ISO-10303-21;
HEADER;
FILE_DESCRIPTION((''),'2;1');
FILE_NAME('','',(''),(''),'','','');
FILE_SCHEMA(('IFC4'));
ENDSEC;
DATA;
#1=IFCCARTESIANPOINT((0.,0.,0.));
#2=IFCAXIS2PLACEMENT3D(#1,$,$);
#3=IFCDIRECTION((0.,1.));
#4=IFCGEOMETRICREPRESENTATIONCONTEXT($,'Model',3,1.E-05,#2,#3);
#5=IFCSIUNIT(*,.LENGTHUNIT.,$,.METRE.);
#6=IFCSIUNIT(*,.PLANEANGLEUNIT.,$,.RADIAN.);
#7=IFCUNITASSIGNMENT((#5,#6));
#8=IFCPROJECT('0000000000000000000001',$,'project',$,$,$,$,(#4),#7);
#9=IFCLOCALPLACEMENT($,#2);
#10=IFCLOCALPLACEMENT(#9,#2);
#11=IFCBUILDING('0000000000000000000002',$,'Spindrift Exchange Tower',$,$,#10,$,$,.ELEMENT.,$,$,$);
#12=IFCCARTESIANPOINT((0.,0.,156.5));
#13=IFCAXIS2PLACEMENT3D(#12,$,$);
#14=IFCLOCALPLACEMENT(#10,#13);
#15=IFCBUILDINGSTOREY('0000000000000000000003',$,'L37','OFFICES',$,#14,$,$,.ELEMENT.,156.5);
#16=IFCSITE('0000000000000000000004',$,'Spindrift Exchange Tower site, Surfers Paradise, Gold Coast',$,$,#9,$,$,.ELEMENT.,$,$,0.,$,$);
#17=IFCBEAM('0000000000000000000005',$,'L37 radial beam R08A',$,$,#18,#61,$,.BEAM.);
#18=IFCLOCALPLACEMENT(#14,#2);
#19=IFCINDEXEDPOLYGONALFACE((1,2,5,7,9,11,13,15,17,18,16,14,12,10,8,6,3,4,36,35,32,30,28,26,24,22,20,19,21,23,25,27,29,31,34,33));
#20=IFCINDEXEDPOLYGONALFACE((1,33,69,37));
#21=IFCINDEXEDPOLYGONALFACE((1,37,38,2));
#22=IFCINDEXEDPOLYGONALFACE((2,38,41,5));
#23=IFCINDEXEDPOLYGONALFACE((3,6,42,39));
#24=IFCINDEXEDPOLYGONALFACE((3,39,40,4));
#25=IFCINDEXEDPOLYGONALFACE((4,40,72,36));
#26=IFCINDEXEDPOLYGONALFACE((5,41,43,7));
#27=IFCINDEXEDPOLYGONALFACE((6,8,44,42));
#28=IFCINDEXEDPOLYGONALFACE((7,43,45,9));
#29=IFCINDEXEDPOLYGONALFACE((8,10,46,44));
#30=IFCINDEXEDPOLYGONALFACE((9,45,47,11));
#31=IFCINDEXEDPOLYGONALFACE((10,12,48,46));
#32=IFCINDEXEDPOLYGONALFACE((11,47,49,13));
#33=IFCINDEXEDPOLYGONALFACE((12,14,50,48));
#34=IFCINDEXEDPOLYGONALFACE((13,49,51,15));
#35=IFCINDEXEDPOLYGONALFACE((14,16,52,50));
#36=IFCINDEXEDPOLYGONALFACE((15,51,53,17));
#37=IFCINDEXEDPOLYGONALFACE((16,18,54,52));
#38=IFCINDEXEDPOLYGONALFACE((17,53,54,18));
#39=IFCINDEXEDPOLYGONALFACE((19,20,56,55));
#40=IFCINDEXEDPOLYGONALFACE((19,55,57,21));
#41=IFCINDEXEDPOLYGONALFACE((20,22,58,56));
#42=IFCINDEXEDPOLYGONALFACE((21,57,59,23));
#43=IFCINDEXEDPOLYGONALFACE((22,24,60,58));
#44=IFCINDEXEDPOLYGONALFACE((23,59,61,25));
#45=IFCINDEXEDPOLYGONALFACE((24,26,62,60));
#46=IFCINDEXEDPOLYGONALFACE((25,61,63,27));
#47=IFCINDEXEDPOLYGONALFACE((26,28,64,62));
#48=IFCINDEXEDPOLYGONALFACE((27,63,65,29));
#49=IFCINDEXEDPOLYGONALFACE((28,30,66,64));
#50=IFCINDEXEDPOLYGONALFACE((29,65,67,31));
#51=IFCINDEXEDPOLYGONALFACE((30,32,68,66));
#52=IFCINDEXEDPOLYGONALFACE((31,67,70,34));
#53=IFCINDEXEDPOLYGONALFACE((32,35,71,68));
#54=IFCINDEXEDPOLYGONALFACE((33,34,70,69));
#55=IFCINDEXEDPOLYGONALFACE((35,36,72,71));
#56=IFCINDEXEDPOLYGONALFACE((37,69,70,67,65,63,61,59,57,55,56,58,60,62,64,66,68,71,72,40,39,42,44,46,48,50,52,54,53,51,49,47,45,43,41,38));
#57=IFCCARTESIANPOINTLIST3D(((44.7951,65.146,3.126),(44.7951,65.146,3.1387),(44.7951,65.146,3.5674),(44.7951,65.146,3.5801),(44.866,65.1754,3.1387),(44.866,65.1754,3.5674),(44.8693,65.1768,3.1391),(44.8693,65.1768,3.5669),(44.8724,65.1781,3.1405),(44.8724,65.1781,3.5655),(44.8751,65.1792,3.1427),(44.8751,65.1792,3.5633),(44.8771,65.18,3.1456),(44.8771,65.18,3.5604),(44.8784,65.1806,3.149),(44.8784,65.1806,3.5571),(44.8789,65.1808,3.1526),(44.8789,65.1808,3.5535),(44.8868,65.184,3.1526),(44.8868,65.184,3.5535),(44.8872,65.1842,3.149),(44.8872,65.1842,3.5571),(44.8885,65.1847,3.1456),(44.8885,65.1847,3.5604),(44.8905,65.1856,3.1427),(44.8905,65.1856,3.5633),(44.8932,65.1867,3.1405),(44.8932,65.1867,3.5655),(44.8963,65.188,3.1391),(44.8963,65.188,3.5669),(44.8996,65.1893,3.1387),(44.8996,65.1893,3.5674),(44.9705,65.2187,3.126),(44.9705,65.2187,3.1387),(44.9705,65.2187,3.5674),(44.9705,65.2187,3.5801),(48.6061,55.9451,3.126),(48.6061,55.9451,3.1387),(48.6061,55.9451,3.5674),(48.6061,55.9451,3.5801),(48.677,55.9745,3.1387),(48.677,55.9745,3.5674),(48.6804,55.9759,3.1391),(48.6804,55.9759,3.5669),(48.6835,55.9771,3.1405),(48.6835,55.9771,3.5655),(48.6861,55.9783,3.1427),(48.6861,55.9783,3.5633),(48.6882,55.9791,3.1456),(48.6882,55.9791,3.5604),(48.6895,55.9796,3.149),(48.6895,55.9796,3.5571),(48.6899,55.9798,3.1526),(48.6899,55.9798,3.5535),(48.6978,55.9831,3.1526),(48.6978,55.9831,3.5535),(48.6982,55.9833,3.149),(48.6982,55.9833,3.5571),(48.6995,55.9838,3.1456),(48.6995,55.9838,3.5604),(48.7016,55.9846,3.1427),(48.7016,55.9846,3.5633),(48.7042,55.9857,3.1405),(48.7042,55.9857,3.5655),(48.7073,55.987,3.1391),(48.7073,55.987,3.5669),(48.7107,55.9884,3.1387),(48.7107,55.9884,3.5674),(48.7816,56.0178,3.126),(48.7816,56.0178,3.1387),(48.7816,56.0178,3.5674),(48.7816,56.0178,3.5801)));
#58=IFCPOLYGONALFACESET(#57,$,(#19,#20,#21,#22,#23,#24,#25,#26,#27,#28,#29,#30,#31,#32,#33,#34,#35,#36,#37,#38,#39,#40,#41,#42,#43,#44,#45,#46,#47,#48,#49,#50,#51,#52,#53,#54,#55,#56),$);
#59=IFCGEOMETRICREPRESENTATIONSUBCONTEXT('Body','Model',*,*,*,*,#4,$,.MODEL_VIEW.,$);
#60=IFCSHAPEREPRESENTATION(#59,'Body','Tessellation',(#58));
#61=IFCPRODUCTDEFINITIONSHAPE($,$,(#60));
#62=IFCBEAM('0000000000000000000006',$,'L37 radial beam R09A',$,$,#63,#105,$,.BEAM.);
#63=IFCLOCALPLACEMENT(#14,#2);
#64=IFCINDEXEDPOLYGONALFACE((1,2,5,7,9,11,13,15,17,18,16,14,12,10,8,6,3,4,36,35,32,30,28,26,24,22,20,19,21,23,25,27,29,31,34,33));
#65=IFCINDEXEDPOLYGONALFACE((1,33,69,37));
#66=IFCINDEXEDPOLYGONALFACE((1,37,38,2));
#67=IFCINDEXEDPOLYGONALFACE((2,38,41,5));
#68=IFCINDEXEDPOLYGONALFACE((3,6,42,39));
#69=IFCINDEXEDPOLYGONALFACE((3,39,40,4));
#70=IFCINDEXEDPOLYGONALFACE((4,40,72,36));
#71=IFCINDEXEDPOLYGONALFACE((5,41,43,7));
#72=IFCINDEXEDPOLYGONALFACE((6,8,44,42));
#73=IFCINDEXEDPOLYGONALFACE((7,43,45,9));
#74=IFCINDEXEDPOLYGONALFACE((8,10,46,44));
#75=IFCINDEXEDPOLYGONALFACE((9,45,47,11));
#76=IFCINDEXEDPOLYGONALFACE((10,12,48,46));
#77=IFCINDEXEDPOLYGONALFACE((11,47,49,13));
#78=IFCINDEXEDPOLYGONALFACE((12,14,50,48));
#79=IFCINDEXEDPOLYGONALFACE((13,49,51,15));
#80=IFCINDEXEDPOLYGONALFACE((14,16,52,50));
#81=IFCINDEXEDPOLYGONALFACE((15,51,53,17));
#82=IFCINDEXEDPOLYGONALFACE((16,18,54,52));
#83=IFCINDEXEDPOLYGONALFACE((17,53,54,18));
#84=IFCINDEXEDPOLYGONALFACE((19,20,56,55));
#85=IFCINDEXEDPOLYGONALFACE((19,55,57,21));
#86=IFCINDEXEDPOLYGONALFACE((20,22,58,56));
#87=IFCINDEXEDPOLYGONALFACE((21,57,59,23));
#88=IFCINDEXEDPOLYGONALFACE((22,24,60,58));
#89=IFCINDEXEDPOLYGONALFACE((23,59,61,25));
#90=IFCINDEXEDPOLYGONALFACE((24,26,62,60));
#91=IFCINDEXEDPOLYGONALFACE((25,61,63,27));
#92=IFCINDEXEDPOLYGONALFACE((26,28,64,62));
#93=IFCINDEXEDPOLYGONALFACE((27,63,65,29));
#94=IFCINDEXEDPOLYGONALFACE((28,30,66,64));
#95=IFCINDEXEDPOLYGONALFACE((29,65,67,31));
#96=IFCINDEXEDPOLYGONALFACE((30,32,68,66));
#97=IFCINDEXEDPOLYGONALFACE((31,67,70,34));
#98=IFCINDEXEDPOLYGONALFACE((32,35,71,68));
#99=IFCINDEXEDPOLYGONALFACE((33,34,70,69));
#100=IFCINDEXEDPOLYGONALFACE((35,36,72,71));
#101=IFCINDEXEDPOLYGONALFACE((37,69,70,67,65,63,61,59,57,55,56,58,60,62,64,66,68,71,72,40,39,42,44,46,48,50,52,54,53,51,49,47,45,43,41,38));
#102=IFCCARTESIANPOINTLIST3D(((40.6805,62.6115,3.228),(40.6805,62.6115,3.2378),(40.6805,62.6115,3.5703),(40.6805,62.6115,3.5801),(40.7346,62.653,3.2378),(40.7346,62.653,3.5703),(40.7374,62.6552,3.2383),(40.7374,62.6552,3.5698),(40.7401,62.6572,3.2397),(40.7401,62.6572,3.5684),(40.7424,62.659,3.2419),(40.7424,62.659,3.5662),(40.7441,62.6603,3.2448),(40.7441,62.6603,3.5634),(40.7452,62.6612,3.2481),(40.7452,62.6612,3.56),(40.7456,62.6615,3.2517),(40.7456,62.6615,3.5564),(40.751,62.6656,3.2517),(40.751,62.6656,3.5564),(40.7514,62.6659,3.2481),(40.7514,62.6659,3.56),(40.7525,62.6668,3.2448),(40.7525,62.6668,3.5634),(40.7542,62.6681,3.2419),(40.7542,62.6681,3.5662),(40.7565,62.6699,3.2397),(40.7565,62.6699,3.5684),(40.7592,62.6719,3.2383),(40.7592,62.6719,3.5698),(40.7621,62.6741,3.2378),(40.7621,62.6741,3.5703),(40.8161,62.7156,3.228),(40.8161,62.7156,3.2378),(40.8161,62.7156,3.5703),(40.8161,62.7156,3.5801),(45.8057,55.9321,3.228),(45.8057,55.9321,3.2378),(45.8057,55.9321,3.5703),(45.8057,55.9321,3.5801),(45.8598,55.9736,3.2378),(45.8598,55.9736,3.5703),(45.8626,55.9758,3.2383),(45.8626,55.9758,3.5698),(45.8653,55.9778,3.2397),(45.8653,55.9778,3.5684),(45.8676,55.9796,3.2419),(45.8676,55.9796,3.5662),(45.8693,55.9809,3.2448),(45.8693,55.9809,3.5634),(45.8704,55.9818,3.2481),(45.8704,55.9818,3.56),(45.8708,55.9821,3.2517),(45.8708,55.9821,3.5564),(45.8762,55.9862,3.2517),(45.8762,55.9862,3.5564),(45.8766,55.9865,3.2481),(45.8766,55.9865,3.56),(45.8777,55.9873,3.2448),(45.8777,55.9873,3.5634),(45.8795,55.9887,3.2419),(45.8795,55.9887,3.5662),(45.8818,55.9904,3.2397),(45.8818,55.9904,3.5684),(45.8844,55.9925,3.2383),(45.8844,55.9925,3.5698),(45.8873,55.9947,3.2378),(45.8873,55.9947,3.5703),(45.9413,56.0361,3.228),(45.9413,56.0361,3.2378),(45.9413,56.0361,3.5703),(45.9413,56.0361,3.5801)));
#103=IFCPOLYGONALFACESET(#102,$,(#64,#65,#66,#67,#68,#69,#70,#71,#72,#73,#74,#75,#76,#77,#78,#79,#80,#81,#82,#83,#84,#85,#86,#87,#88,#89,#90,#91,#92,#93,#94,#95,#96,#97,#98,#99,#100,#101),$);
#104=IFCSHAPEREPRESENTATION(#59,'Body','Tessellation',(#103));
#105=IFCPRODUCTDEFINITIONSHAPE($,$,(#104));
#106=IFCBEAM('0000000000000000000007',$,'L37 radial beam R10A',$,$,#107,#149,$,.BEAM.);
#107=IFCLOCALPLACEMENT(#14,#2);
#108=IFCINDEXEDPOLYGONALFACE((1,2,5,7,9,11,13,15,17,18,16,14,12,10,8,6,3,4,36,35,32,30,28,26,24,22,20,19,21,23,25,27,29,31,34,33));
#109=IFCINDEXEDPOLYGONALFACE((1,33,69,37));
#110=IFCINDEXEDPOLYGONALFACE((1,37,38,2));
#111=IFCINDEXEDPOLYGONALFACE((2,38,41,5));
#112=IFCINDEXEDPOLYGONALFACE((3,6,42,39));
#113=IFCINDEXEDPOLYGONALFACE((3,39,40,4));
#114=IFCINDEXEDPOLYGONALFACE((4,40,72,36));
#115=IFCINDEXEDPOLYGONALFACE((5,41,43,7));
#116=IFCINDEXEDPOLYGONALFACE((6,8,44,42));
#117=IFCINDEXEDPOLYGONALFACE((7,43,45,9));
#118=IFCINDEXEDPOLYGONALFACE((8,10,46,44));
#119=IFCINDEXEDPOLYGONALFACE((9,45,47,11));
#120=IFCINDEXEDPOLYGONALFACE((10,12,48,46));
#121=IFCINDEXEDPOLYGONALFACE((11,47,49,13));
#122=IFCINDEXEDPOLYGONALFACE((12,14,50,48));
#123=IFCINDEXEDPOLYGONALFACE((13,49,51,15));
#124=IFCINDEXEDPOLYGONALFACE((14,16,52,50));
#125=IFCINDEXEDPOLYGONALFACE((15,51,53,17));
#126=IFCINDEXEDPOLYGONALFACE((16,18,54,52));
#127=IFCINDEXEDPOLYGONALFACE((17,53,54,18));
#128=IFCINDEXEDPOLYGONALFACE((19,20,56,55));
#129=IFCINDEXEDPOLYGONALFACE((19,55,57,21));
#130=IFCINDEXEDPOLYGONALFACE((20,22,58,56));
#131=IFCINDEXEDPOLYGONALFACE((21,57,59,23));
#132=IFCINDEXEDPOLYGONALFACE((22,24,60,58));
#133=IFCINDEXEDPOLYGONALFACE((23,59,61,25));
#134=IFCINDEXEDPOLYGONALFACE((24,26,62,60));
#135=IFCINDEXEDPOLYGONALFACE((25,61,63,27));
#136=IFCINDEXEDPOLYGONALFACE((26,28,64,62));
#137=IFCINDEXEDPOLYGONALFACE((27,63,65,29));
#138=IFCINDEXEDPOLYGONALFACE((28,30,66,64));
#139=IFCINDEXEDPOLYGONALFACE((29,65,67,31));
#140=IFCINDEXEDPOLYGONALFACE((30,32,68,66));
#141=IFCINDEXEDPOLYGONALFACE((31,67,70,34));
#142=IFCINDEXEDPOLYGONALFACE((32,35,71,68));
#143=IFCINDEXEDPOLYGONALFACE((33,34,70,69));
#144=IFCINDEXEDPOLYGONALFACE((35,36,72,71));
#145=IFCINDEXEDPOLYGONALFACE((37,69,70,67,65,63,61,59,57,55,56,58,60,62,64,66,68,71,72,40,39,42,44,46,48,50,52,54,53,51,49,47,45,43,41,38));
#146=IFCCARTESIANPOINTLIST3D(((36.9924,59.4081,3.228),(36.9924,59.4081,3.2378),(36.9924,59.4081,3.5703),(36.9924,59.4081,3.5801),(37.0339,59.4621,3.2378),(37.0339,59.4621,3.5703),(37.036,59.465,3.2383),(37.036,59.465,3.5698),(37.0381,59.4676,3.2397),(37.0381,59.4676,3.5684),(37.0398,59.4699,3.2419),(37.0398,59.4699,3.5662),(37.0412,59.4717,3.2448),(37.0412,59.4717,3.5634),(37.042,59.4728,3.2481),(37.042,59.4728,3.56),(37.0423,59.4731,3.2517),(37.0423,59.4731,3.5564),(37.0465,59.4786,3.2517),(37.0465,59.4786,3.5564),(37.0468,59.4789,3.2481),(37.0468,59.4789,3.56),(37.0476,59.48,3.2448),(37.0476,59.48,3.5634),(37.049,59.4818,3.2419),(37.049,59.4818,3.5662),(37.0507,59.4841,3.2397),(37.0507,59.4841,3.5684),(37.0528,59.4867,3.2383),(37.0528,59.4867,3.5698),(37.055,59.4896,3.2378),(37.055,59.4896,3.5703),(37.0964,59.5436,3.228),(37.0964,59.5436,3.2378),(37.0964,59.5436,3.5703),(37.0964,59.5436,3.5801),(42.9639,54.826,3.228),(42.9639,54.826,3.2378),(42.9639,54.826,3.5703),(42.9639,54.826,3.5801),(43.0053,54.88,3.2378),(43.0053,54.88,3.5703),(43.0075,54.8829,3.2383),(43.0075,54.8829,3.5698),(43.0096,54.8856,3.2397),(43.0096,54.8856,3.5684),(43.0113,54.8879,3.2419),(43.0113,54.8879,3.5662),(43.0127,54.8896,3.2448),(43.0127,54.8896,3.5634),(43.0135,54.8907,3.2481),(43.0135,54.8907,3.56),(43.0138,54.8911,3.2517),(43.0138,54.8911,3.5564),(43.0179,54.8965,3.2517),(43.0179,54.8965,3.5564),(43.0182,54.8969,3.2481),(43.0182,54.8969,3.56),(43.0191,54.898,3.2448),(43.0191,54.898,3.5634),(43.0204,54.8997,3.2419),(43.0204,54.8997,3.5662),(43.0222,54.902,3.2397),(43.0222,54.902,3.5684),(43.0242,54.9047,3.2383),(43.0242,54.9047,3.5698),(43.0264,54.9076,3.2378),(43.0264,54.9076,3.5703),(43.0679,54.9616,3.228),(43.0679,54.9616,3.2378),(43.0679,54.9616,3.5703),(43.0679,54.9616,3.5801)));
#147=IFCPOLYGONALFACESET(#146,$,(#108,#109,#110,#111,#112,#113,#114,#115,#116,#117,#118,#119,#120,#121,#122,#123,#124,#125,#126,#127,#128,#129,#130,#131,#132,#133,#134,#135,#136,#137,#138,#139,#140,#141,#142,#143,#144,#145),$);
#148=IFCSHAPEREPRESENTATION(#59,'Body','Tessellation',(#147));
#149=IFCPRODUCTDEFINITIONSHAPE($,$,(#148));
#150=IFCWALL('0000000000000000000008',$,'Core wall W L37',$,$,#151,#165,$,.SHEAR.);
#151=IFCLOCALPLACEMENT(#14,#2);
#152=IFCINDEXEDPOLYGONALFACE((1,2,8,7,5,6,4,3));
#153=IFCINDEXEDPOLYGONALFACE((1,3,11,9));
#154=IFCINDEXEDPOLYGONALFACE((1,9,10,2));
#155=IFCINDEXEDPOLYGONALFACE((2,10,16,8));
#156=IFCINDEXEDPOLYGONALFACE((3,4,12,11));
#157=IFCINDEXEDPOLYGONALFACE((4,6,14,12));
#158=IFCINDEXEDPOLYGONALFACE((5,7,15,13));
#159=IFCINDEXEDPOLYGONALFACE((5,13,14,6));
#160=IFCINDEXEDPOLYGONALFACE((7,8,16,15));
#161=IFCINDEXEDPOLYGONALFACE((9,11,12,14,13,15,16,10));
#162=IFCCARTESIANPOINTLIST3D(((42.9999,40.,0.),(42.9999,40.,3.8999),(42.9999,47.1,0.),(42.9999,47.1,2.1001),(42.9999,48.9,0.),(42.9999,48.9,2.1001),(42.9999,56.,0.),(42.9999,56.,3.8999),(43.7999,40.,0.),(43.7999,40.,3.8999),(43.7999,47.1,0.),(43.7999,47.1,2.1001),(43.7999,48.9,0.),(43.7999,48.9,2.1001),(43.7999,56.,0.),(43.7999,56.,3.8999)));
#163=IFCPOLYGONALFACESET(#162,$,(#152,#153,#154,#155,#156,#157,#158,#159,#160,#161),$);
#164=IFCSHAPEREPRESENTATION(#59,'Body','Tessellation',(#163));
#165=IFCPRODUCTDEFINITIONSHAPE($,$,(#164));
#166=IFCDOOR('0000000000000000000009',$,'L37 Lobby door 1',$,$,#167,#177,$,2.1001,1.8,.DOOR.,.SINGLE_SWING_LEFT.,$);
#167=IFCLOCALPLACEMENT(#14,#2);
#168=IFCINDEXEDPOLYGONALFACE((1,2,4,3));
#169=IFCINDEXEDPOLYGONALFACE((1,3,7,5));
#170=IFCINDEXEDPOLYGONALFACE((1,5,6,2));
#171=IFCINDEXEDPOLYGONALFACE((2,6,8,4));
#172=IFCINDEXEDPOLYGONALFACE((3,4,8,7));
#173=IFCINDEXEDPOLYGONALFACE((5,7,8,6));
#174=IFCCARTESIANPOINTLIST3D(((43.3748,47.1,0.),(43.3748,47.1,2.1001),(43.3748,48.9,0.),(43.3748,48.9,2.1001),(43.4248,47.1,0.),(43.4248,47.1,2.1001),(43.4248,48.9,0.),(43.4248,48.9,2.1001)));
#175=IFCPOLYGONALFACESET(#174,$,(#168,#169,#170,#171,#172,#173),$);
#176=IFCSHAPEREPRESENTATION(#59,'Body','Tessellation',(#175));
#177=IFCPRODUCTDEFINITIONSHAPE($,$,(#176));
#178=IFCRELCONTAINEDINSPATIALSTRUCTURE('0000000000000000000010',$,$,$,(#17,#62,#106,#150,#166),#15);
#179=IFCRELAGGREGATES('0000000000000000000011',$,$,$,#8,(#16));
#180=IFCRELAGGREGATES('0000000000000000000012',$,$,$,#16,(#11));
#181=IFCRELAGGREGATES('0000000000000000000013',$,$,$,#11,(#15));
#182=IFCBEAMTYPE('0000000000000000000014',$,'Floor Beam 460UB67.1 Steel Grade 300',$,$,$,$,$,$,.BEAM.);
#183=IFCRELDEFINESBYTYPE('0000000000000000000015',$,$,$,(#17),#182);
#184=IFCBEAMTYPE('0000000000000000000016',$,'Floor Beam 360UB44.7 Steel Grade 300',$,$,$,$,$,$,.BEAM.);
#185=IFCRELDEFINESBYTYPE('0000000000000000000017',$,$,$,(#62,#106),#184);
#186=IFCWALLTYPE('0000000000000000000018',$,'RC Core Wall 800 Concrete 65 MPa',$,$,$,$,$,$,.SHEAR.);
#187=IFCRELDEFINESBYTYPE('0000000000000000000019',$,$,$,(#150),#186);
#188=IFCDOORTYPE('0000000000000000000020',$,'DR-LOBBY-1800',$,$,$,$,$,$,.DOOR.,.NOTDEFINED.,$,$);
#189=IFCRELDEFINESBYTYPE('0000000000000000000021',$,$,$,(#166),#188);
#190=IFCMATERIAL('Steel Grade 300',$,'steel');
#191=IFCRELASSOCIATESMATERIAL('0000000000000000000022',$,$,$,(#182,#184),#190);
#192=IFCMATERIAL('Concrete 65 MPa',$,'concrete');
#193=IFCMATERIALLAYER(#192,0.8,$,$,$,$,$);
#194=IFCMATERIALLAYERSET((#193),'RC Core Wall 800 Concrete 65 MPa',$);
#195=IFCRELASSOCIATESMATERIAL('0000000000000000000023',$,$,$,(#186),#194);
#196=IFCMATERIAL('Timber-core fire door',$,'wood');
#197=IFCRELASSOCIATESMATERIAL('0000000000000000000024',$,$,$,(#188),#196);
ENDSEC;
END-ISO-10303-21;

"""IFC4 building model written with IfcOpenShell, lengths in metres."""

from ifc_helpers import new_model, si_unit, direction, frame, frame_2d, origin, origin_2d, place, context, subcontext, project, spatial, rectangle, i_section, extrude, source, transform, mapped, material, layer, layer_set, material_profile, profile_set, type_object, element, fill, save


model = new_model("IFC4")

# Units and contexts
model_context = context("Model", 3, precision=1e-05, world=origin(), true_north=direction((0.0, 1.0)))
body_context = subcontext(model_context, "Body", "Model", "MODEL_VIEW")
ifc_project = project(units=[si_unit("LENGTHUNIT", "METRE"), si_unit("PLANEANGLEUNIT", "RADIAN")], contexts=[model_context])

# Site, building, storey
site_placement = place(None, origin())
site = spatial("IfcSite", under=ifc_project, at=site_placement, Name="Spindrift Exchange Tower site, Surfers Paradise, Gold Coast", CompositionType="ELEMENT", RefElevation=0.0)
building_placement = place(site_placement, origin())
building = spatial("IfcBuilding", under=site, at=building_placement, Name="Spindrift Exchange Tower", CompositionType="ELEMENT")
storey_placement = place(building_placement, frame((0.0, 0.0, 156.5)))
storey = spatial("IfcBuildingStorey", under=building, at=storey_placement, Name="L37", Description="OFFICES", CompositionType="ELEMENT", Elevation=156.5)

# Beams
ifc_material_1 = material(Name="Steel Grade 300", Category="steel")
ifc_material_profile_1 = material_profile(ifc_material_1, i_section(OverallWidth=0.1899, OverallDepth=0.4541, WebThickness=0.0085, FlangeThickness=0.0127, FilletRadius=0.0139, at=origin_2d()), Name="460UB67.1")
ifc_profile_set_1 = profile_set([ifc_material_profile_1], Name="Steel Grade 300")
beam_type_1 = type_object("IfcBeamType", Name="Floor Beam 460UB67.1 Steel Grade 300", PredefinedType="BEAM", material=ifc_profile_set_1)
shared_shape_1 = source(origin(), body_context, "Body", "SweptSolid", [
    extrude(i_section(OverallWidth=0.1899, OverallDepth=0.4541, WebThickness=0.0085, FlangeThickness=0.0127, FilletRadius=0.0139, at=origin_2d()), origin(), (0.0, 0.0, 1.0), 9.959),
])
beam_1_placement = place(storey_placement, frame((48.6938, 55.9814, 3.353), z_axis=(-0.382674, 0.923884, 0.0), x_axis=(-0.923884, -0.382674, 0.0)))
element("IfcBeam", 1, at=beam_1_placement, inside=storey, type_object=beam_type_1, Name="L37 radial beam R08A", PredefinedType="BEAM", context=body_context, shape_type="MappedRepresentation", body=[
    mapped(shared_shape_1, transform((0.0, 0.0, 0.0), scale=1.0)),
])
ifc_material_profile_2 = material_profile(ifc_material_1, i_section(OverallWidth=0.1709, OverallDepth=0.3521, WebThickness=0.0068, FlangeThickness=0.0098, FilletRadius=0.0139, at=origin_2d()), Name="360UB44.7")
ifc_profile_set_2 = profile_set([ifc_material_profile_2], Name="Steel Grade 300")
beam_type_2 = type_object("IfcBeamType", Name="Floor Beam 360UB44.7 Steel Grade 300", PredefinedType="BEAM", material=ifc_profile_set_2)
shared_shape_2 = source(origin(), body_context, "Body", "SweptSolid", [
    extrude(i_section(OverallWidth=0.1709, OverallDepth=0.3521, WebThickness=0.0068, FlangeThickness=0.0098, FilletRadius=0.0139, at=origin_2d()), origin(), (0.0, 0.0, 1.0), 8.4192),
])
beam_2_placement = place(storey_placement, frame((45.8735, 55.9841, 3.4041), z_axis=(-0.608756, 0.793358, 0.0), x_axis=(-0.793358, -0.608756, 0.0)))
element("IfcBeam", 2, at=beam_2_placement, inside=storey, type_object=beam_type_2, Name="L37 radial beam R09A", PredefinedType="BEAM", context=body_context, shape_type="MappedRepresentation", body=[
    mapped(shared_shape_2, transform((0.0, 0.0, 0.0), scale=1.0)),
])
shared_shape_3 = source(origin(), body_context, "Body", "SweptSolid", [
    extrude(i_section(OverallWidth=0.1709, OverallDepth=0.3521, WebThickness=0.0068, FlangeThickness=0.0098, FilletRadius=0.0139, at=origin_2d()), origin(), (0.0, 0.0, 1.0), 7.5269),
])
beam_3_placement = place(storey_placement, frame((43.0159, 54.8938, 3.4041), z_axis=(-0.793354, 0.60876, 0.0), x_axis=(-0.60876, -0.793354, 0.0)))
element("IfcBeam", 3, at=beam_3_placement, inside=storey, type_object=beam_type_2, Name="L37 radial beam R10A", PredefinedType="BEAM", context=body_context, shape_type="MappedRepresentation", body=[
    mapped(shared_shape_3, transform((0.0, 0.0, 0.0), scale=1.0)),
])

# Wall, opening, door
ifc_material_2 = material(Name="Concrete 65 MPa", Category="concrete")
ifc_layer = layer(ifc_material_2, 0.8)
ifc_layer_set = layer_set([ifc_layer], Name="RC Core Wall 800 Concrete 65 MPa")
wall_type = type_object("IfcWallType", Name="RC Core Wall 800 Concrete 65 MPa", PredefinedType="SHEAR", material=ifc_layer_set)
wall_placement = place(storey_placement, frame((43.3999, 56.0, 0.0), z_axis=(0.0, 0.0, 1.0), x_axis=(0.0, -1.0, 0.0)))
wall = element("IfcWall", 4, at=wall_placement, inside=storey, type_object=wall_type, Name="Core wall W L37", PredefinedType="SHEAR", context=body_context, shape_type="SweptSolid", body=[
    extrude(rectangle(XDim=16.0, YDim=0.8, at=frame_2d((8.0, 0.0))), origin(), (0.0, 0.0, 1.0), 3.8999),
])
opening_placement = place(wall_placement, frame((7.1001, 0.0, 0.0)))
opening = element("IfcOpeningElement", 5, at=opening_placement, cuts=wall, PredefinedType="OPENING", context=body_context, shape_type="SweptSolid", body=[
    extrude(rectangle(XDim=1.8, YDim=2.1001, at=frame_2d((0.8999, 1.05))), frame((0.0, 0.4099, 0.0), z_axis=(0.0, -1.0, 0.0), x_axis=(1.0, 0.0, 0.0)), (0.0, 0.0, 1.0), 0.8201),
])
ifc_material_3 = material(Name="Timber-core fire door", Category="wood")
door_type = type_object("IfcDoorType", Name="DR-LOBBY-1800", OperationType="NOTDEFINED", PredefinedType="DOOR", material=ifc_material_3)
shared_shape_4 = source(origin(), body_context, "Body", "SweptSolid", [
    extrude(rectangle(XDim=1.8, YDim=2.1001, at=frame_2d((0.8999, 1.05))), frame((0.0, 0.0249, 0.0), z_axis=(0.0, -1.0, 0.0), x_axis=(1.0, 0.0, 0.0)), (0.0, 0.0, 1.0), 0.05),
])
door_placement = place(opening_placement, origin())
door = element("IfcDoor", 6, at=door_placement, inside=storey, type_object=door_type, Name="L37 Lobby door 1", OperationType="SINGLE_SWING_LEFT", OverallHeight=2.1001, OverallWidth=1.8, PredefinedType="DOOR", context=body_context, shape_type="MappedRepresentation", body=[
    mapped(shared_shape_4, transform((0.0, 0.0, 0.0), scale=1.0)),
])
fill(opening, door)

save(model, "model.ifc")
